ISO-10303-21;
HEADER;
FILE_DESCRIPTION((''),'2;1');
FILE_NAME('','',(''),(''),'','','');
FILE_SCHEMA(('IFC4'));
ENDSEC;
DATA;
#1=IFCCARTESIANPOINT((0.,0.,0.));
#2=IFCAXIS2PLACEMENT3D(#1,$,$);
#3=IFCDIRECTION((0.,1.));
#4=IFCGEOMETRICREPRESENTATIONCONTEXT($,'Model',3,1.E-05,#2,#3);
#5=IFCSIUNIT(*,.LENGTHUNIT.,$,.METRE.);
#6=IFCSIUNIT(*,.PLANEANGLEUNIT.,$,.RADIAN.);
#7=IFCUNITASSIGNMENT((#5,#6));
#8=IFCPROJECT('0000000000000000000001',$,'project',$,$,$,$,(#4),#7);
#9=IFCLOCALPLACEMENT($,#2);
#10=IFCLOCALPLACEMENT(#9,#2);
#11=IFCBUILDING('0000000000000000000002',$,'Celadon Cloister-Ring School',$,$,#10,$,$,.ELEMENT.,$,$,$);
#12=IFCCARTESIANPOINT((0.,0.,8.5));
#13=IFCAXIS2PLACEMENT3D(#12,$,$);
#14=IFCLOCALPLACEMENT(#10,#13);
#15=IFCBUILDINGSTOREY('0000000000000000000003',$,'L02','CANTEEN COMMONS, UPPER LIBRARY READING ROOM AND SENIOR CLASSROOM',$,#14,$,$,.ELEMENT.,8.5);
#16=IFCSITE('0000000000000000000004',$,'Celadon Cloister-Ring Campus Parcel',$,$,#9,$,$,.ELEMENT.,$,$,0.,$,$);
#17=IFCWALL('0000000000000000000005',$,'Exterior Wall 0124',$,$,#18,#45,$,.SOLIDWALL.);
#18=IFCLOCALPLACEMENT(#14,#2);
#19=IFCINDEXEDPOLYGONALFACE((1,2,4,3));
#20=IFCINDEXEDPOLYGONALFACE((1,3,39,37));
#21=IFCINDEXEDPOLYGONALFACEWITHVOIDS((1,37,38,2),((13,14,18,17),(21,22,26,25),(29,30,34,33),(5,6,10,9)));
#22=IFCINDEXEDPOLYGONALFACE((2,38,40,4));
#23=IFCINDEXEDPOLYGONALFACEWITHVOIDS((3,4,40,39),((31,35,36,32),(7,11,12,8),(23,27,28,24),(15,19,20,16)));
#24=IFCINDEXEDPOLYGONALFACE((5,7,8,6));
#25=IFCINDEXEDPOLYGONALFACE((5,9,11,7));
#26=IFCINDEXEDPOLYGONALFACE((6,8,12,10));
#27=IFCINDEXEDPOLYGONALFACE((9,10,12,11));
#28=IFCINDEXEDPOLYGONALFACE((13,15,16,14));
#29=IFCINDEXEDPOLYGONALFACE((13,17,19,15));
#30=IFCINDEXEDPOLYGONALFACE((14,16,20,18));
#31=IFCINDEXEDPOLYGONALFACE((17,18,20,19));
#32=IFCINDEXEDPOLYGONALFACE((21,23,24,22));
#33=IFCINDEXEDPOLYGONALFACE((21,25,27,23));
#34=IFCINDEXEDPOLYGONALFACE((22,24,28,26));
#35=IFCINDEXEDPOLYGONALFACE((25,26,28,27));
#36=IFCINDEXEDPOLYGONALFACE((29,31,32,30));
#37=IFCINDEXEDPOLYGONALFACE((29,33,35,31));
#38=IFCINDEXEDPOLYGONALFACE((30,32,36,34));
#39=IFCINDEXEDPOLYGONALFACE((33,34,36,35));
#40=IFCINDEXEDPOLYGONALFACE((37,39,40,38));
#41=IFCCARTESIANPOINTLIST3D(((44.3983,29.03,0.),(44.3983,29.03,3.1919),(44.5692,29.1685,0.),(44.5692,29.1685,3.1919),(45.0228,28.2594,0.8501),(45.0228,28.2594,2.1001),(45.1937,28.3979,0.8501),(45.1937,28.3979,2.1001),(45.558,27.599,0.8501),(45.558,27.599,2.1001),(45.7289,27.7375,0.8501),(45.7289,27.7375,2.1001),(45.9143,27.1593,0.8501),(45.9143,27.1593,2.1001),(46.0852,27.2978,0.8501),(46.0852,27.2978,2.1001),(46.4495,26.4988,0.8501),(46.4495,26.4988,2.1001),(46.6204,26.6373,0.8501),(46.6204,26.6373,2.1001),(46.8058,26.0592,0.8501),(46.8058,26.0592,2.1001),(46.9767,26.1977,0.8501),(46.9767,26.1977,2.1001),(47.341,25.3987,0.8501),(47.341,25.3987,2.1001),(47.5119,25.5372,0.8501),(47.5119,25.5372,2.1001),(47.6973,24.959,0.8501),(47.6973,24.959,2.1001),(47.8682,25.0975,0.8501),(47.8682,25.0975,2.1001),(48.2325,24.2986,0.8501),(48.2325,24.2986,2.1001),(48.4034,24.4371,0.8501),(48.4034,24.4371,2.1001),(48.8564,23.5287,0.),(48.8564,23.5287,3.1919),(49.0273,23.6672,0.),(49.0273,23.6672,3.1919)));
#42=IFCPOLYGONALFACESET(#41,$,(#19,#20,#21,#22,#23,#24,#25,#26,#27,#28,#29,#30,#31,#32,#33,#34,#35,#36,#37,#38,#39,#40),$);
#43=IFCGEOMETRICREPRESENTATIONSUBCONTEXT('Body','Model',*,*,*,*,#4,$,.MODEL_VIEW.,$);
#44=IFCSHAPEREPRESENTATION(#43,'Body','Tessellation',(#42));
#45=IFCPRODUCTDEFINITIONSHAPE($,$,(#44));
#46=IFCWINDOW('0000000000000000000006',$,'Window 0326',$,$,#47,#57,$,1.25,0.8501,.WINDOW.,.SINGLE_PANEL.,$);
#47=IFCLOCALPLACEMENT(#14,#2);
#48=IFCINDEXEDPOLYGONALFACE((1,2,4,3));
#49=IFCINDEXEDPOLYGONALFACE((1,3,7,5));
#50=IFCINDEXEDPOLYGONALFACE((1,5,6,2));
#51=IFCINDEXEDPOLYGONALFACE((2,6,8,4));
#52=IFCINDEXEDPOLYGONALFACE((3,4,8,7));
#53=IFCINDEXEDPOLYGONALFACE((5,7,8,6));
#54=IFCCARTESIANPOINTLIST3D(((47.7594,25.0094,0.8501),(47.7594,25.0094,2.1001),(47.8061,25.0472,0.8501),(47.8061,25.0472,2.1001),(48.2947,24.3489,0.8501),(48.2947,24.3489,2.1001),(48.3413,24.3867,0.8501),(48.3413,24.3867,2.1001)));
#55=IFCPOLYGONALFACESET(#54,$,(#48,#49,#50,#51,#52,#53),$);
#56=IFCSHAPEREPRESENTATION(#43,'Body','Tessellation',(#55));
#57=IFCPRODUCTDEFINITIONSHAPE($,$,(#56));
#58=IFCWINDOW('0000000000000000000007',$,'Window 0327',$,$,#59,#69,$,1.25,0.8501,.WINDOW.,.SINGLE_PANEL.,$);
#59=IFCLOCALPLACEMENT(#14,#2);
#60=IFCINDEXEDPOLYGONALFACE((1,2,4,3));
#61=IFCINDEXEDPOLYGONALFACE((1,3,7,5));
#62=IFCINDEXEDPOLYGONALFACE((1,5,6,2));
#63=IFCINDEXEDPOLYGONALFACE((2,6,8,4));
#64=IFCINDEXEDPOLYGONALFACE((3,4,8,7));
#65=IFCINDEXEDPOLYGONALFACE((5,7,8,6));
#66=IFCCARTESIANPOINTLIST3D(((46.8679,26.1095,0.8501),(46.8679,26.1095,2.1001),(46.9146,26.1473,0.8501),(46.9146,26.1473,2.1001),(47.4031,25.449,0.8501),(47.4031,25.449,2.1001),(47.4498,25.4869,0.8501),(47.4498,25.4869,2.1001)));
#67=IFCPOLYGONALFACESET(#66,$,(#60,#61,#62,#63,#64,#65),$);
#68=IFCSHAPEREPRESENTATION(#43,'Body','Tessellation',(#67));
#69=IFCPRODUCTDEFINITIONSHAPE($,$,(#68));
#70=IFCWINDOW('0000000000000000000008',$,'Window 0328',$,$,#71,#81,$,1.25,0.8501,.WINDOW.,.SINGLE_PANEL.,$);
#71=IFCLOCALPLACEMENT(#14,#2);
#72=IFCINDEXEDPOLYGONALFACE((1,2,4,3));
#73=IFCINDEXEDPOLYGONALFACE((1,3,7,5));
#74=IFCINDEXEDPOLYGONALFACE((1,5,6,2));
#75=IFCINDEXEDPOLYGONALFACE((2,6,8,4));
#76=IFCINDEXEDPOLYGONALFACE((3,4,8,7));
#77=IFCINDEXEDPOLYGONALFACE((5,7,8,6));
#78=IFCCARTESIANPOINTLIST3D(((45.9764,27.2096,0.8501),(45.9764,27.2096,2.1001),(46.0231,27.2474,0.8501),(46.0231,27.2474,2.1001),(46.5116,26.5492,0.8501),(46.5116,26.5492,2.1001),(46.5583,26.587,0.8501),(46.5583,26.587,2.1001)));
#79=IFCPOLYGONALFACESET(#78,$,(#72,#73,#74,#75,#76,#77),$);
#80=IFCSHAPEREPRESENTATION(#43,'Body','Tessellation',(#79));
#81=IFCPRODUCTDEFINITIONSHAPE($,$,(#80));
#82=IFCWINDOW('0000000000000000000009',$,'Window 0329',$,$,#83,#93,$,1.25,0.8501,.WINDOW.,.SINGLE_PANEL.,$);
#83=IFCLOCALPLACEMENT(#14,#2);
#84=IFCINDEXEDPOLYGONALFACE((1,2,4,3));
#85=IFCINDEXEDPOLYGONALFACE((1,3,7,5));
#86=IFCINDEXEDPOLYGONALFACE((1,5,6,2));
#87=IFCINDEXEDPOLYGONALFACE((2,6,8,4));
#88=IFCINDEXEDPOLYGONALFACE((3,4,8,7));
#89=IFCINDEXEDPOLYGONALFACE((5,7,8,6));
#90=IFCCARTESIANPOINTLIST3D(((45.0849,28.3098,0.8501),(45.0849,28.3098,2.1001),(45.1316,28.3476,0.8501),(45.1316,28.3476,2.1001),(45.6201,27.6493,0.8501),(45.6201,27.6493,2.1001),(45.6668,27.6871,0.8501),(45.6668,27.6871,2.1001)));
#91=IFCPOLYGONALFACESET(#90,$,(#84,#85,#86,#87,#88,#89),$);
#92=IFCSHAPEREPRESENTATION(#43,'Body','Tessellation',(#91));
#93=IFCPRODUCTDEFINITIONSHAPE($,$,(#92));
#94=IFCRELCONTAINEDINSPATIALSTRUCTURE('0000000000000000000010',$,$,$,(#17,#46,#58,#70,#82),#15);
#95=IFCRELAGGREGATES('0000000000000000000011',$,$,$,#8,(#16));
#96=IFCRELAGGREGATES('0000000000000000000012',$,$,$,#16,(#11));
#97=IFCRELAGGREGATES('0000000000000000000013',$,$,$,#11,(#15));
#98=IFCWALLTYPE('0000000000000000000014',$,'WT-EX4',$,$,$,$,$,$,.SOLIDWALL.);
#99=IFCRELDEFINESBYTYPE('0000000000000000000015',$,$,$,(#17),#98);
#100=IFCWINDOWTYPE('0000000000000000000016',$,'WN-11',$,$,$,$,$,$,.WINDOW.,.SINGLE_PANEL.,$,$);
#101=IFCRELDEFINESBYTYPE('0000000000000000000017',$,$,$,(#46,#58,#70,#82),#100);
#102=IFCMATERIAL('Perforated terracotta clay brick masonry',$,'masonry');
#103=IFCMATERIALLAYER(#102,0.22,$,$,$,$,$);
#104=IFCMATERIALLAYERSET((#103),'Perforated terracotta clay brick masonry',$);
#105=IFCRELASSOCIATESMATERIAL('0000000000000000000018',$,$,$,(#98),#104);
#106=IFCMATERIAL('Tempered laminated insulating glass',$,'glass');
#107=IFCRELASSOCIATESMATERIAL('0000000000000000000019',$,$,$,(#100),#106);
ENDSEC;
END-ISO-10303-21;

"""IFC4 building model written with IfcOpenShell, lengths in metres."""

from ifc_helpers import new_model, si_unit, direction, frame, frame_2d, origin, place, context, subcontext, project, spatial, rectangle, extrude, material, layer, layer_set, type_object, element, fill, save


model = new_model("IFC4")

# Units and contexts
model_context = context("Model", 3, precision=1e-05, world=origin(), true_north=direction((0.0, 1.0)))
body_context = subcontext(model_context, "Body", "Model", "MODEL_VIEW")
ifc_project = project(units=[si_unit("LENGTHUNIT", "METRE"), si_unit("PLANEANGLEUNIT", "RADIAN")], contexts=[model_context])

# Site, building, storey
site_placement = place(None, origin())
site = spatial("IfcSite", under=ifc_project, at=site_placement, Name="Celadon Cloister-Ring Campus Parcel", CompositionType="ELEMENT", RefElevation=0.0)
building_placement = place(site_placement, origin())
building = spatial("IfcBuilding", under=site, at=building_placement, Name="Celadon Cloister-Ring School", CompositionType="ELEMENT")
storey_placement = place(building_placement, frame((0.0, 0.0, 8.5)))
storey = spatial("IfcBuildingStorey", under=building, at=storey_placement, Name="L02", Description="CANTEEN COMMONS, UPPER LIBRARY READING ROOM AND SENIOR CLASSROOM", CompositionType="ELEMENT", Elevation=8.5)

# Wall, openings, windows
ifc_material_1 = material(Name="Perforated terracotta clay brick masonry", Category="masonry")
ifc_layer_1 = layer(ifc_material_1, 0.22)
ifc_layer_set_1 = layer_set([ifc_layer_1], Name="Perforated terracotta clay brick masonry")
wall_type_1 = type_object("IfcWallType", Name="WT-EX4", PredefinedType="SOLIDWALL", material=ifc_layer_set_1)
wall_1_placement = place(storey_placement, frame((48.9419, 23.5979, 0.0), z_axis=(0.0, 0.0, 1.0), x_axis=(-0.629594, 0.776924, 0.0)))
wall_1 = element("IfcWall", 1, at=wall_1_placement, inside=storey, type_object=wall_type_1, Name="Exterior Wall 0124", PredefinedType="SOLIDWALL", context=body_context, shape_type="SweptSolid", body=[
    extrude(rectangle(XDim=7.0808, YDim=0.22, at=frame_2d((3.5405, 0.0))), origin(), (0.0, 0.0, 1.0), 3.1919),
])
opening_1_placement = place(wall_1_placement, frame((0.991, 0.0, 0.8501)))
opening_1 = element("IfcOpeningElement", 2, at=opening_1_placement, cuts=wall_1, PredefinedType="OPENING", context=body_context, shape_type="SweptSolid", body=[
    extrude(rectangle(XDim=0.8501, YDim=1.25, at=frame_2d((0.425, 0.625))), frame((0.0, 0.1201, 0.0), z_axis=(0.0, -1.0, 0.0), x_axis=(1.0, 0.0, 0.0)), (0.0, 0.0, 1.0), 0.24),
])
opening_2_placement = place(wall_1_placement, frame((2.407, 0.0, 0.8501)))
opening_2 = element("IfcOpeningElement", 3, at=opening_2_placement, cuts=wall_1, PredefinedType="OPENING", context=body_context, shape_type="SweptSolid", body=[
    extrude(rectangle(XDim=0.8501, YDim=1.25, at=frame_2d((0.425, 0.625))), frame((0.0, 0.1201, 0.0), z_axis=(0.0, -1.0, 0.0), x_axis=(1.0, 0.0, 0.0)), (0.0, 0.0, 1.0), 0.24),
])
opening_3_placement = place(wall_1_placement, frame((3.823, 0.0, 0.8501)))
opening_3 = element("IfcOpeningElement", 4, at=opening_3_placement, cuts=wall_1, PredefinedType="OPENING", context=body_context, shape_type="SweptSolid", body=[
    extrude(rectangle(XDim=0.8501, YDim=1.25, at=frame_2d((0.425, 0.625))), frame((0.0, 0.1201, 0.0), z_axis=(0.0, -1.0, 0.0), x_axis=(1.0, 0.0, 0.0)), (0.0, 0.0, 1.0), 0.24),
])
opening_4_placement = place(wall_1_placement, frame((5.239, 0.0, 0.8501)))
opening_4 = element("IfcOpeningElement", 5, at=opening_4_placement, cuts=wall_1, PredefinedType="OPENING", context=body_context, shape_type="SweptSolid", body=[
    extrude(rectangle(XDim=0.8501, YDim=1.25, at=frame_2d((0.425, 0.625))), frame((0.0, 0.1201, 0.0), z_axis=(0.0, -1.0, 0.0), x_axis=(1.0, 0.0, 0.0)), (0.0, 0.0, 1.0), 0.24),
])
ifc_material_2 = material(Name="Tempered laminated insulating glass", Category="glass")
window_type_1 = type_object("IfcWindowType", Name="WN-11", PartitioningType="SINGLE_PANEL", PredefinedType="WINDOW", material=ifc_material_2)
window_1_placement = place(opening_1_placement, origin())
window_1 = element("IfcWindow", 6, at=window_1_placement, inside=storey, type_object=window_type_1, Name="Window 0326", OverallHeight=1.25, OverallWidth=0.8501, PartitioningType="SINGLE_PANEL", PredefinedType="WINDOW", context=body_context, shape_type="SweptSolid", body=[
    extrude(rectangle(XDim=0.8501, YDim=1.25, at=frame_2d((0.425, 0.625))), frame((0.0, 0.03, 0.0), z_axis=(0.0, -1.0, 0.0), x_axis=(1.0, 0.0, 0.0)), (0.0, 0.0, 1.0), 0.0601),
])
fill(opening_1, window_1)
window_2_placement = place(opening_2_placement, origin())
window_2 = element("IfcWindow", 7, at=window_2_placement, inside=storey, type_object=window_type_1, Name="Window 0327", OverallHeight=1.25, OverallWidth=0.8501, PartitioningType="SINGLE_PANEL", PredefinedType="WINDOW", context=body_context, shape_type="SweptSolid", body=[
    extrude(rectangle(XDim=0.8501, YDim=1.25, at=frame_2d((0.425, 0.625))), frame((0.0, 0.03, 0.0), z_axis=(0.0, -1.0, 0.0), x_axis=(1.0, 0.0, 0.0)), (0.0, 0.0, 1.0), 0.0601),
])
fill(opening_2, window_2)
window_3_placement = place(opening_3_placement, origin())
window_3 = element("IfcWindow", 8, at=window_3_placement, inside=storey, type_object=window_type_1, Name="Window 0328", OverallHeight=1.25, OverallWidth=0.8501, PartitioningType="SINGLE_PANEL", PredefinedType="WINDOW", context=body_context, shape_type="SweptSolid", body=[
    extrude(rectangle(XDim=0.8501, YDim=1.25, at=frame_2d((0.425, 0.625))), frame((0.0, 0.03, 0.0), z_axis=(0.0, -1.0, 0.0), x_axis=(1.0, 0.0, 0.0)), (0.0, 0.0, 1.0), 0.0601),
])
fill(opening_3, window_3)
window_4_placement = place(opening_4_placement, origin())
window_4 = element("IfcWindow", 9, at=window_4_placement, inside=storey, type_object=window_type_1, Name="Window 0329", OverallHeight=1.25, OverallWidth=0.8501, PartitioningType="SINGLE_PANEL", PredefinedType="WINDOW", context=body_context, shape_type="SweptSolid", body=[
    extrude(rectangle(XDim=0.8501, YDim=1.25, at=frame_2d((0.425, 0.625))), frame((0.0, 0.03, 0.0), z_axis=(0.0, -1.0, 0.0), x_axis=(1.0, 0.0, 0.0)), (0.0, 0.0, 1.0), 0.0601),
])
fill(opening_4, window_4)

save(model, "model.ifc")
